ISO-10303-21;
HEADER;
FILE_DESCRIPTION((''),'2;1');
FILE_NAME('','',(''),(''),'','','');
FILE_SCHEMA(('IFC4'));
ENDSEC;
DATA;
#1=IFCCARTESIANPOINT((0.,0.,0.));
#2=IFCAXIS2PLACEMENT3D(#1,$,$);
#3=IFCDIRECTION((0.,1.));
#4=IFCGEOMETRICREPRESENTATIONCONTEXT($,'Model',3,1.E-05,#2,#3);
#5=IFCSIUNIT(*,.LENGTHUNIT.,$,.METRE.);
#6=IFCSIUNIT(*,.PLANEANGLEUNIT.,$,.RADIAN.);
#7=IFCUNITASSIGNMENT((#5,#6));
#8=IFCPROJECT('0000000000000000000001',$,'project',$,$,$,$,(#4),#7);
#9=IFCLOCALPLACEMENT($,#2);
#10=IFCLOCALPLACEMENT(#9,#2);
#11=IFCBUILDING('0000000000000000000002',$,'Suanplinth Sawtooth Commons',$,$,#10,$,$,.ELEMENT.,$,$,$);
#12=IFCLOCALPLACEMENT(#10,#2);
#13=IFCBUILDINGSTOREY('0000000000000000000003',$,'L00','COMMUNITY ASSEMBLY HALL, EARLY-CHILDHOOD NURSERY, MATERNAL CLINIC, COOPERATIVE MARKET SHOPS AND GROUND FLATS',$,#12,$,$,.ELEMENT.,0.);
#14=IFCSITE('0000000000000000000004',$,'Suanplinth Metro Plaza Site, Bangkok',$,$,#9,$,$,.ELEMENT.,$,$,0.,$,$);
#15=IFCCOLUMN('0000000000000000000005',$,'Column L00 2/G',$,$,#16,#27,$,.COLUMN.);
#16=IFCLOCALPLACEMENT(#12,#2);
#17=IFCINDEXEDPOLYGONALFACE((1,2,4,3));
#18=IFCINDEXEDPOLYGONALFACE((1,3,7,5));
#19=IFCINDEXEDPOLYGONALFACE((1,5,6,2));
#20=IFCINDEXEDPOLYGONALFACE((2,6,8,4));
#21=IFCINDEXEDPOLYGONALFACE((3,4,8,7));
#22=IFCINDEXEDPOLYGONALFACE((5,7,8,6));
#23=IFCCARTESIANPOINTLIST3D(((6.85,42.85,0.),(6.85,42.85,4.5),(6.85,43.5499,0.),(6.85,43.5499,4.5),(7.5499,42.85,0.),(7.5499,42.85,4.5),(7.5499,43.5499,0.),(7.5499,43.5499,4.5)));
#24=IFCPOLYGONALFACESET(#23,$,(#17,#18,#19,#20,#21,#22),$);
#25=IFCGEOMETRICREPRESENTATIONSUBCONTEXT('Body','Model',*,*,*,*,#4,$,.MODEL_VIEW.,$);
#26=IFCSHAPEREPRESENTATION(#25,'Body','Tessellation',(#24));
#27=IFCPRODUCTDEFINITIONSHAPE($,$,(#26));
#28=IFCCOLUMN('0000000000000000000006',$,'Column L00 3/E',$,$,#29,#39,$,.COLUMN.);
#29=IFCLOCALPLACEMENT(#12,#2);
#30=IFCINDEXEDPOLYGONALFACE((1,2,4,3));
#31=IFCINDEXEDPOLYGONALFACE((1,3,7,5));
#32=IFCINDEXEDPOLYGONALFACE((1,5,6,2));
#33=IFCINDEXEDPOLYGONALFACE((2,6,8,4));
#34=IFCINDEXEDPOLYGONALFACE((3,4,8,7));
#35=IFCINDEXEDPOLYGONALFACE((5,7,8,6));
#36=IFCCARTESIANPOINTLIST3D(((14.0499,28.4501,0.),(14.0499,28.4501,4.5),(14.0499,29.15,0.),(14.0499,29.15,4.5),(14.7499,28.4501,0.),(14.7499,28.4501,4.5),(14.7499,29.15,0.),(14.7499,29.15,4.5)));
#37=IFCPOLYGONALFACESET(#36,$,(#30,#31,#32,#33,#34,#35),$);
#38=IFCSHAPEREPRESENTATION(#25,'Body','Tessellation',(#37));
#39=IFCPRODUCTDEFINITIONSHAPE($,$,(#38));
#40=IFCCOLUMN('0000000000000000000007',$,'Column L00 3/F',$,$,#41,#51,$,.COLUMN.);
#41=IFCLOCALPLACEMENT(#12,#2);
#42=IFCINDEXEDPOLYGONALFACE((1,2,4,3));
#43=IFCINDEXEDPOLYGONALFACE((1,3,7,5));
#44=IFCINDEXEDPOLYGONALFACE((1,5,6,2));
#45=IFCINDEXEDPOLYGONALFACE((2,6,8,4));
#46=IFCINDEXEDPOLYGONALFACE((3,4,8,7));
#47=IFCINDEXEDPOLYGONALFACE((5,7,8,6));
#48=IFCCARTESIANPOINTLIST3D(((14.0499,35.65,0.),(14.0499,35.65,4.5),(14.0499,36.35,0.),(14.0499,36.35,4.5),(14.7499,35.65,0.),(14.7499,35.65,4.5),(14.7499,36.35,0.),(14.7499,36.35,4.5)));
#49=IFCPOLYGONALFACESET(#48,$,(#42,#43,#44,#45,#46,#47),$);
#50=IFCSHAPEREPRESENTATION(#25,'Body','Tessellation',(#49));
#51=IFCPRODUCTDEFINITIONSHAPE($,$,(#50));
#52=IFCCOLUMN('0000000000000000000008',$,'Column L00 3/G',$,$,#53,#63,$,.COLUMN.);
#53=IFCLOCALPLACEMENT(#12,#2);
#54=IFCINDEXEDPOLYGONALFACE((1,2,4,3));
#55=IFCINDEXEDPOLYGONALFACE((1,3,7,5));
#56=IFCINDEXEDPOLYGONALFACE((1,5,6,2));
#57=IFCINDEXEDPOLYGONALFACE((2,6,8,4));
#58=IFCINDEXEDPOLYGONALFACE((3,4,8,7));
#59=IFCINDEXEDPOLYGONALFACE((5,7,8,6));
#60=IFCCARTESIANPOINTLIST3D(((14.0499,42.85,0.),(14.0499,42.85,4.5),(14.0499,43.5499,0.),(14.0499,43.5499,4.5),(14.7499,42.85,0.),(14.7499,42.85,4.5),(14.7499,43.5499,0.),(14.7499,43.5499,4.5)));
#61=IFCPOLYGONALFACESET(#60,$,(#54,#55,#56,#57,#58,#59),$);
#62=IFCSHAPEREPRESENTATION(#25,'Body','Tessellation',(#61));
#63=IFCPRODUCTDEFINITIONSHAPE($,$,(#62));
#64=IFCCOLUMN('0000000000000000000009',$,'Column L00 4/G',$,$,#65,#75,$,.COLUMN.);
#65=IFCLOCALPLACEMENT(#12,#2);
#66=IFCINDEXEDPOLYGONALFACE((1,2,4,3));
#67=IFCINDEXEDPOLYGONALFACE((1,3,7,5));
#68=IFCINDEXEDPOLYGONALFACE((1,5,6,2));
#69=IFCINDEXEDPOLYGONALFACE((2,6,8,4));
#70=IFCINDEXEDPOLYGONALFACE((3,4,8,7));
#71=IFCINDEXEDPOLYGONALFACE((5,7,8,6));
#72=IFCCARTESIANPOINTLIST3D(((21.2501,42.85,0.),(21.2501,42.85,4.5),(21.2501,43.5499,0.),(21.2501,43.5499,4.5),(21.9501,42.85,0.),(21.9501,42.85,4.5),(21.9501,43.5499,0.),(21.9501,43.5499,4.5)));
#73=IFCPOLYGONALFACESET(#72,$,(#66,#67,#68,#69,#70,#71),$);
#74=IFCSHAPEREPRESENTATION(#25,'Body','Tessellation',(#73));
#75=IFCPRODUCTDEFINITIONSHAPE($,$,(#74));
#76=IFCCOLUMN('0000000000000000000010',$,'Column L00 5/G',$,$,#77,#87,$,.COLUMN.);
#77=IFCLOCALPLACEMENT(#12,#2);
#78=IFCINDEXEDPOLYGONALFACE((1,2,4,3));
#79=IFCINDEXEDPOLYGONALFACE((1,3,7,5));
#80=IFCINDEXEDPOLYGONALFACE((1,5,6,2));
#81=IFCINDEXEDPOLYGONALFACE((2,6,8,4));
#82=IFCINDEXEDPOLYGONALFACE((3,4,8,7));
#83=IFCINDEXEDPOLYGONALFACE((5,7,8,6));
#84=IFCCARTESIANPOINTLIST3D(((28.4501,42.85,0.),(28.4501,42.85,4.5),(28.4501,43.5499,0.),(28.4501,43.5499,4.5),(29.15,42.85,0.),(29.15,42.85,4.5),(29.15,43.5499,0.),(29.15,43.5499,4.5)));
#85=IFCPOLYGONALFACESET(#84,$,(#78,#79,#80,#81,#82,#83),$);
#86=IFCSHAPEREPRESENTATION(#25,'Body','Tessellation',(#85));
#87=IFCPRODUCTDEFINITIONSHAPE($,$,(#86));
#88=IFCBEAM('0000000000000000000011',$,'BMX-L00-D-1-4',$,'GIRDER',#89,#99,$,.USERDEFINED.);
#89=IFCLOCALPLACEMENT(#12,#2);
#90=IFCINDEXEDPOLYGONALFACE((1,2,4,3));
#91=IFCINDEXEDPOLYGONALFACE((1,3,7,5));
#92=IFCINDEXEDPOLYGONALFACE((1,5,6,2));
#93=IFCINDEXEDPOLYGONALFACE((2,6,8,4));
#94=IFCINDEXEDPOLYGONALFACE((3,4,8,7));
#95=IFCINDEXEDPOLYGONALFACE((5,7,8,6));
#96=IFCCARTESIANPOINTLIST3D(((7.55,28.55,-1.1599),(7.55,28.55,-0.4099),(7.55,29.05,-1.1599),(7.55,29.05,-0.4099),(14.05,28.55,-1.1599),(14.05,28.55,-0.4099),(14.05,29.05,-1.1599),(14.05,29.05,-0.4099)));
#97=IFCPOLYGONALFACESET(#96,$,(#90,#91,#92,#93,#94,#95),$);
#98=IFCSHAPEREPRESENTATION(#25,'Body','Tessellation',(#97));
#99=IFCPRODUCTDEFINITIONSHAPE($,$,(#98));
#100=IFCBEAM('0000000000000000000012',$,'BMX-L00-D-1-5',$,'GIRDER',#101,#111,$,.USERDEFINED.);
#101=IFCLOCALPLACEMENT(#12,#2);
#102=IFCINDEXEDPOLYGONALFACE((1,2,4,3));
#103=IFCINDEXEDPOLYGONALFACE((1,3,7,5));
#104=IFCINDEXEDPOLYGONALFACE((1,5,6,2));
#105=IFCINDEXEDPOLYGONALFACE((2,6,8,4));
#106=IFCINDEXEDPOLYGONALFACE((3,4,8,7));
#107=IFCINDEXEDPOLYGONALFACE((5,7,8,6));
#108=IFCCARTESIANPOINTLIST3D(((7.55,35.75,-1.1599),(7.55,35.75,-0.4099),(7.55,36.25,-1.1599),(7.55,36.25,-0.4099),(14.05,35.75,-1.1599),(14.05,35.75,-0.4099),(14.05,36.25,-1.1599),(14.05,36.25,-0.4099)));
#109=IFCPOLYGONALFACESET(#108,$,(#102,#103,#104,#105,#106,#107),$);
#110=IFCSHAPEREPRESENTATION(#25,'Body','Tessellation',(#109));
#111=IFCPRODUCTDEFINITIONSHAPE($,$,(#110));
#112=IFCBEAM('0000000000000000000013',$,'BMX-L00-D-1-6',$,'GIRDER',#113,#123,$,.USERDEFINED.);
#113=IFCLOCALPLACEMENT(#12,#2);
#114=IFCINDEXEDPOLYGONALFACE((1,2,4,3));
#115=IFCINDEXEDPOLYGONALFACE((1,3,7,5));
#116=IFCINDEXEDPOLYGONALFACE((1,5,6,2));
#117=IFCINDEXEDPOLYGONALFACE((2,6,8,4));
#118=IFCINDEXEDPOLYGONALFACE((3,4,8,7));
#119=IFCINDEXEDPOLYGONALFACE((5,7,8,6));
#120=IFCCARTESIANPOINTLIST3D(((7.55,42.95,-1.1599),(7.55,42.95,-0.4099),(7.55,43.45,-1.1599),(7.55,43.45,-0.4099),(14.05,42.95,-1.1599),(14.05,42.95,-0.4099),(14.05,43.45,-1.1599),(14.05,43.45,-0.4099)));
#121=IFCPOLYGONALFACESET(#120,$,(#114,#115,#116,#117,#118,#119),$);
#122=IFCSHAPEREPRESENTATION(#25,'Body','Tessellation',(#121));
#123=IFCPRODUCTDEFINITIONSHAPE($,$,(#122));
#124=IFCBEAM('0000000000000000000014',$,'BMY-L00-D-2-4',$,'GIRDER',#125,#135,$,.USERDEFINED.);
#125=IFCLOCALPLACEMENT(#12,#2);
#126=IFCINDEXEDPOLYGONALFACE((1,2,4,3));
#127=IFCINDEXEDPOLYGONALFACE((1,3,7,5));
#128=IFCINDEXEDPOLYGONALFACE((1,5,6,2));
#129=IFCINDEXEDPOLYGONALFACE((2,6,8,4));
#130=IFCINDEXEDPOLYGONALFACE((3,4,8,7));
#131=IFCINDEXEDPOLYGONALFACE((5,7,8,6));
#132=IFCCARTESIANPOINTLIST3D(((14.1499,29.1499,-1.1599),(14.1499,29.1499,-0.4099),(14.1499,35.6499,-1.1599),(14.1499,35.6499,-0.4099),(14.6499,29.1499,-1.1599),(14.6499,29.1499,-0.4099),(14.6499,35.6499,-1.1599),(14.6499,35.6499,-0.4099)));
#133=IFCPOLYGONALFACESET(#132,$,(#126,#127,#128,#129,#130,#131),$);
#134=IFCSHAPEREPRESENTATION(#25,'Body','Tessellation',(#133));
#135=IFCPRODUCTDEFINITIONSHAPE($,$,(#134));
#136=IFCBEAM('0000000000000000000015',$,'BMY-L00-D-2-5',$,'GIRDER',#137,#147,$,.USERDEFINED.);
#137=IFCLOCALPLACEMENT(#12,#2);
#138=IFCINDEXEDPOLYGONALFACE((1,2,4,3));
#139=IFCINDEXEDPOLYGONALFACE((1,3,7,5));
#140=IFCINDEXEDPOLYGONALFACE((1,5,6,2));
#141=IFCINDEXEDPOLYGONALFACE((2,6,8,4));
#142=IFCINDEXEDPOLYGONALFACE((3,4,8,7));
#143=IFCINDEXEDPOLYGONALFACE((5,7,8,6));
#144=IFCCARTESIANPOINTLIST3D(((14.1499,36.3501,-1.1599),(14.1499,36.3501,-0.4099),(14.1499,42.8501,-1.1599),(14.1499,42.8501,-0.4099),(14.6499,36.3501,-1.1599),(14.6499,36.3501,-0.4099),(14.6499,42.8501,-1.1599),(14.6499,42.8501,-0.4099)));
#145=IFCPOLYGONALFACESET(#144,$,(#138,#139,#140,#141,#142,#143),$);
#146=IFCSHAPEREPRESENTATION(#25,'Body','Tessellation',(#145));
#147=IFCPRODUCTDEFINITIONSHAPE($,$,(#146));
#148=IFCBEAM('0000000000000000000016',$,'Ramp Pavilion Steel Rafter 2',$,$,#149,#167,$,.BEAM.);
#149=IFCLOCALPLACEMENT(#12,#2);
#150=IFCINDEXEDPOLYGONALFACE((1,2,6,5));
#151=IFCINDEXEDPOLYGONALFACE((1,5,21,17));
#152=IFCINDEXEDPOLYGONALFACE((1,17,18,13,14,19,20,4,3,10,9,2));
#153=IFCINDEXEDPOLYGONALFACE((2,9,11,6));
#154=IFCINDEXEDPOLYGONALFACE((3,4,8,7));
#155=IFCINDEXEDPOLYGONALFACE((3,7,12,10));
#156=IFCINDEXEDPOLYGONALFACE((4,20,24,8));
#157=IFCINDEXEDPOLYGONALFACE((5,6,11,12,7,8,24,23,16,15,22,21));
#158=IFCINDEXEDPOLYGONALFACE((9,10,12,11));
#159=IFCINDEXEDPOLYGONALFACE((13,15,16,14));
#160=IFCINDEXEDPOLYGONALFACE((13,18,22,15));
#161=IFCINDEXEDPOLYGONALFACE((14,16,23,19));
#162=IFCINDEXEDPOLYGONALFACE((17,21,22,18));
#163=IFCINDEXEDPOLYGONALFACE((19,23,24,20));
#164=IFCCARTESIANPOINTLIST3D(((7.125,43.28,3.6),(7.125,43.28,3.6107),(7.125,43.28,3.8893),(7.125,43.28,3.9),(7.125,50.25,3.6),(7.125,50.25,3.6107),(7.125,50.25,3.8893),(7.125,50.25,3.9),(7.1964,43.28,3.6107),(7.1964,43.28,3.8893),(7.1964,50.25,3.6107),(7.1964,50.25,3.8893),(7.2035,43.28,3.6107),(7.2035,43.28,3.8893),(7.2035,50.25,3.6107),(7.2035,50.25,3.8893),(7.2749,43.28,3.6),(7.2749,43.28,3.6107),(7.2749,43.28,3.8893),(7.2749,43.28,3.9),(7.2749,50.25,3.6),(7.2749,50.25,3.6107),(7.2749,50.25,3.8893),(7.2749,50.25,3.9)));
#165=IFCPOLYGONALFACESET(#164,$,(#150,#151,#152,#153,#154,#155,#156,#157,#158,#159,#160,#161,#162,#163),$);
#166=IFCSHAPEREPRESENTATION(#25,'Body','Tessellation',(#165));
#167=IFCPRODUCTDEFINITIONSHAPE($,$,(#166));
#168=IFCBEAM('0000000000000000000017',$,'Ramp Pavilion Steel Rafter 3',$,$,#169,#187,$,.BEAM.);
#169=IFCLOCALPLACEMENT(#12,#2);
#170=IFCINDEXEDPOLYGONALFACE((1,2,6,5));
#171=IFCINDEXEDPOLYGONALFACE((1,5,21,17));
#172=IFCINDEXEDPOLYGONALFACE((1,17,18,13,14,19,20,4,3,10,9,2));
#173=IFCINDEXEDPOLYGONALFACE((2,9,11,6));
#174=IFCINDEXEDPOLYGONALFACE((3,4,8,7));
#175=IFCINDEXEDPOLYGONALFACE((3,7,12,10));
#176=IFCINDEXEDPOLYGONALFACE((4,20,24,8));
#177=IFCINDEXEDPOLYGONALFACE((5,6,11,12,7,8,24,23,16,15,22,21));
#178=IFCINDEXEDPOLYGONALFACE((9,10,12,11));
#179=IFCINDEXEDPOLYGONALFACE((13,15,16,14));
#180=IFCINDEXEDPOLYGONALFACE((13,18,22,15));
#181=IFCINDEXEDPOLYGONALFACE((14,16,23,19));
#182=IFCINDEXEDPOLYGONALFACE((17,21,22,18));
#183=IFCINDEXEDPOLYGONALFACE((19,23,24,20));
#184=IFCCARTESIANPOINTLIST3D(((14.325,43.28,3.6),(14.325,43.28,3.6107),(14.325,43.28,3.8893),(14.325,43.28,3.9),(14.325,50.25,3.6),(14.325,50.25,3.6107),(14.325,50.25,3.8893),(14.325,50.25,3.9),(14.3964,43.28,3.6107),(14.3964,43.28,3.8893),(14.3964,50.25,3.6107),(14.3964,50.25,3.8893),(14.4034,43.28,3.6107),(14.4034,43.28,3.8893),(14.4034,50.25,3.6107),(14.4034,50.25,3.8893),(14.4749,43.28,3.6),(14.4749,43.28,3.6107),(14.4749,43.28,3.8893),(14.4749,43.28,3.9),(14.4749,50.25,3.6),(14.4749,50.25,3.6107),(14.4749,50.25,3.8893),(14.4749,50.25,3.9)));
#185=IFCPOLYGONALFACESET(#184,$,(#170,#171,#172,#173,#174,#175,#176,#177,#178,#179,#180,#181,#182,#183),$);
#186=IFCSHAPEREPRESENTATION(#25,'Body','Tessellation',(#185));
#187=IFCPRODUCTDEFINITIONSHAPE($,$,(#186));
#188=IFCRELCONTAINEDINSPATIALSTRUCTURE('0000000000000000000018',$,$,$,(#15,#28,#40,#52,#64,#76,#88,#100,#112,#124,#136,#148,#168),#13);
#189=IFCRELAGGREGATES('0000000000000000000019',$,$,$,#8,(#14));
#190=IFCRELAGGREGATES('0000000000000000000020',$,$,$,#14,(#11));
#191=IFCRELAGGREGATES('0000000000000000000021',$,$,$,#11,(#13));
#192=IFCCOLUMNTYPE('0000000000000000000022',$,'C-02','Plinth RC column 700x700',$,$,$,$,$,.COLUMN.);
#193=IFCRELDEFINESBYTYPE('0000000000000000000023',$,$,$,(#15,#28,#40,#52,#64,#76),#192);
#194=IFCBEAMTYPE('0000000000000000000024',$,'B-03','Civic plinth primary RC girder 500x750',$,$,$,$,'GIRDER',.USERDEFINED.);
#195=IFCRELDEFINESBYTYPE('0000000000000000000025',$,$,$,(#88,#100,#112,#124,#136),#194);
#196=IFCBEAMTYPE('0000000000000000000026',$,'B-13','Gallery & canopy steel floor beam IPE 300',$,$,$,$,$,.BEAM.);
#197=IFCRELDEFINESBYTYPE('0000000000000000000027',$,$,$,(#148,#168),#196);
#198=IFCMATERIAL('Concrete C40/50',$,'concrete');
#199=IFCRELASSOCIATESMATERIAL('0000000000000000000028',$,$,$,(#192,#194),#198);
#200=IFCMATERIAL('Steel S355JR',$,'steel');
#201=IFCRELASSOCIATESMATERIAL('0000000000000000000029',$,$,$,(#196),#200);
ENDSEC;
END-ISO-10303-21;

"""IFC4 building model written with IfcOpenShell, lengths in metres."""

from ifc_helpers import new_model, si_unit, direction, frame, origin, origin_2d, place, context, subcontext, project, spatial, rectangle, i_section, extrude, material, material_profile, profile_set, type_object, element, save


model = new_model("IFC4")

# Units and contexts
model_context = context("Model", 3, precision=1e-05, world=origin(), true_north=direction((0.0, 1.0)))
body_context = subcontext(model_context, "Body", "Model", "MODEL_VIEW")
ifc_project = project(units=[si_unit("LENGTHUNIT", "METRE"), si_unit("PLANEANGLEUNIT", "RADIAN")], contexts=[model_context])

# Site, building, storey
site_placement = place(None, origin())
site = spatial("IfcSite", under=ifc_project, at=site_placement, Name="Suanplinth Metro Plaza Site, Bangkok", CompositionType="ELEMENT", RefElevation=0.0)
building_placement = place(site_placement, origin())
building = spatial("IfcBuilding", under=site, at=building_placement, Name="Suanplinth Sawtooth Commons", CompositionType="ELEMENT")
storey_placement = place(building_placement, origin())
storey = spatial("IfcBuildingStorey", under=building, at=storey_placement, Name="L00", Description="COMMUNITY ASSEMBLY HALL, EARLY-CHILDHOOD NURSERY, MATERNAL CLINIC, COOPERATIVE MARKET SHOPS AND GROUND FLATS", CompositionType="ELEMENT", Elevation=0.0)

# Columns
ifc_material_1 = material(Name="Concrete C40/50", Category="concrete")
ifc_material_profile_1 = material_profile(ifc_material_1, rectangle(XDim=0.7, YDim=0.7, at=origin_2d()), Name="RC-COL 700x700")
ifc_profile_set_1 = profile_set([ifc_material_profile_1], Name="Concrete C40/50")
column_type = type_object("IfcColumnType", Name="C-02", Description="Plinth RC column 700x700", PredefinedType="COLUMN", material=ifc_profile_set_1)
for number, where, z_axis, x_axis, name in (
    (1, (7.2, 43.2, 0.0), (0.0, 0.0, 1.0), (1.0, 0.0, 0.0), "Column L00 2/G"),
    (2, (14.3999, 28.8, 0.0), (0.0, 0.0, 1.0), (1.0, 0.0, 0.0), "Column L00 3/E"),
    (3, (14.3999, 36.0, 0.0), (0.0, 0.0, 1.0), (1.0, 0.0, 0.0), "Column L00 3/F"),
    (4, (14.3999, 43.2, 0.0), (0.0, 0.0, 1.0), (1.0, 0.0, 0.0), "Column L00 3/G"),
    (5, (21.6001, 43.2, 0.0), (0.0, 0.0, 1.0), (1.0, 0.0, 0.0), "Column L00 4/G"),
    (6, (28.8, 43.2, 0.0), (0.0, 0.0, 1.0), (1.0, 0.0, 0.0), "Column L00 5/G"),
):
    element("IfcColumn", number, at=place(storey_placement, frame(where, z_axis=z_axis, x_axis=x_axis)), inside=storey, type_object=column_type, Name=name, PredefinedType="COLUMN", context=body_context, shape_type="SweptSolid", body=[
        extrude(rectangle(XDim=0.7, YDim=0.7, at=origin_2d()), origin(), (0.0, 0.0, 1.0), 4.5),
    ])

# Beams
ifc_material_profile_2 = material_profile(ifc_material_1, rectangle(XDim=0.5, YDim=0.75, at=origin_2d()), Name="RC-GDR 500x750")
ifc_profile_set_2 = profile_set([ifc_material_profile_2], Name="Concrete C40/50")
beam_type_1 = type_object("IfcBeamType", Name="B-03", Description="Civic plinth primary RC girder 500x750", ElementType="GIRDER", PredefinedType="USERDEFINED", material=ifc_profile_set_2)
for number, where, z_axis, x_axis, name in (
    (7, (7.55, 28.8, -0.7849), (1.0, 0.0, 0.0), (0.0, 1.0, 0.0), "BMX-L00-D-1-4"),
    (8, (7.55, 36.0, -0.7849), (1.0, 0.0, 0.0), (0.0, 1.0, 0.0), "BMX-L00-D-1-5"),
    (9, (7.55, 43.2, -0.7849), (1.0, 0.0, 0.0), (0.0, 1.0, 0.0), "BMX-L00-D-1-6"),
    (10, (14.3999, 29.1499, -0.7849), (0.0, 1.0, 0.0), (-1.0, 0.0, 0.0), "BMY-L00-D-2-4"),
    (11, (14.3999, 36.3501, -0.7849), (0.0, 1.0, 0.0), (-1.0, 0.0, 0.0), "BMY-L00-D-2-5"),
):
    element("IfcBeam", number, at=place(storey_placement, frame(where, z_axis=z_axis, x_axis=x_axis)), inside=storey, type_object=beam_type_1, Name=name, ObjectType="GIRDER", PredefinedType="USERDEFINED", context=body_context, shape_type="SweptSolid", body=[
        extrude(rectangle(XDim=0.5, YDim=0.75, at=origin_2d()), origin(), (0.0, 0.0, 1.0), 6.5),
    ])
ifc_material_2 = material(Name="Steel S355JR", Category="steel")
ifc_material_profile_3 = material_profile(ifc_material_2, i_section(OverallWidth=0.1499, OverallDepth=0.3, WebThickness=0.0071, FlangeThickness=0.0107, at=origin_2d()), Name="IPE 300")
ifc_profile_set_3 = profile_set([ifc_material_profile_3], Name="Steel S355JR")
beam_type_2 = type_object("IfcBeamType", Name="B-13", Description="Gallery & canopy steel floor beam IPE 300", PredefinedType="BEAM", material=ifc_profile_set_3)
for number, where, z_axis, x_axis, name in (
    (12, (7.2, 43.28, 3.75), (0.0, 1.0, 0.0), (-1.0, 0.0, 0.0), "Ramp Pavilion Steel Rafter 2"),
    (13, (14.3999, 43.28, 3.75), (0.0, 1.0, 0.0), (-1.0, 0.0, 0.0), "Ramp Pavilion Steel Rafter 3"),
):
    element("IfcBeam", number, at=place(storey_placement, frame(where, z_axis=z_axis, x_axis=x_axis)), inside=storey, type_object=beam_type_2, Name=name, PredefinedType="BEAM", context=body_context, shape_type="SweptSolid", body=[
        extrude(i_section(OverallWidth=0.1499, OverallDepth=0.3, WebThickness=0.0071, FlangeThickness=0.0107, at=origin_2d()), origin(), (0.0, 0.0, 1.0), 6.97),
    ])

save(model, "model.ifc")
